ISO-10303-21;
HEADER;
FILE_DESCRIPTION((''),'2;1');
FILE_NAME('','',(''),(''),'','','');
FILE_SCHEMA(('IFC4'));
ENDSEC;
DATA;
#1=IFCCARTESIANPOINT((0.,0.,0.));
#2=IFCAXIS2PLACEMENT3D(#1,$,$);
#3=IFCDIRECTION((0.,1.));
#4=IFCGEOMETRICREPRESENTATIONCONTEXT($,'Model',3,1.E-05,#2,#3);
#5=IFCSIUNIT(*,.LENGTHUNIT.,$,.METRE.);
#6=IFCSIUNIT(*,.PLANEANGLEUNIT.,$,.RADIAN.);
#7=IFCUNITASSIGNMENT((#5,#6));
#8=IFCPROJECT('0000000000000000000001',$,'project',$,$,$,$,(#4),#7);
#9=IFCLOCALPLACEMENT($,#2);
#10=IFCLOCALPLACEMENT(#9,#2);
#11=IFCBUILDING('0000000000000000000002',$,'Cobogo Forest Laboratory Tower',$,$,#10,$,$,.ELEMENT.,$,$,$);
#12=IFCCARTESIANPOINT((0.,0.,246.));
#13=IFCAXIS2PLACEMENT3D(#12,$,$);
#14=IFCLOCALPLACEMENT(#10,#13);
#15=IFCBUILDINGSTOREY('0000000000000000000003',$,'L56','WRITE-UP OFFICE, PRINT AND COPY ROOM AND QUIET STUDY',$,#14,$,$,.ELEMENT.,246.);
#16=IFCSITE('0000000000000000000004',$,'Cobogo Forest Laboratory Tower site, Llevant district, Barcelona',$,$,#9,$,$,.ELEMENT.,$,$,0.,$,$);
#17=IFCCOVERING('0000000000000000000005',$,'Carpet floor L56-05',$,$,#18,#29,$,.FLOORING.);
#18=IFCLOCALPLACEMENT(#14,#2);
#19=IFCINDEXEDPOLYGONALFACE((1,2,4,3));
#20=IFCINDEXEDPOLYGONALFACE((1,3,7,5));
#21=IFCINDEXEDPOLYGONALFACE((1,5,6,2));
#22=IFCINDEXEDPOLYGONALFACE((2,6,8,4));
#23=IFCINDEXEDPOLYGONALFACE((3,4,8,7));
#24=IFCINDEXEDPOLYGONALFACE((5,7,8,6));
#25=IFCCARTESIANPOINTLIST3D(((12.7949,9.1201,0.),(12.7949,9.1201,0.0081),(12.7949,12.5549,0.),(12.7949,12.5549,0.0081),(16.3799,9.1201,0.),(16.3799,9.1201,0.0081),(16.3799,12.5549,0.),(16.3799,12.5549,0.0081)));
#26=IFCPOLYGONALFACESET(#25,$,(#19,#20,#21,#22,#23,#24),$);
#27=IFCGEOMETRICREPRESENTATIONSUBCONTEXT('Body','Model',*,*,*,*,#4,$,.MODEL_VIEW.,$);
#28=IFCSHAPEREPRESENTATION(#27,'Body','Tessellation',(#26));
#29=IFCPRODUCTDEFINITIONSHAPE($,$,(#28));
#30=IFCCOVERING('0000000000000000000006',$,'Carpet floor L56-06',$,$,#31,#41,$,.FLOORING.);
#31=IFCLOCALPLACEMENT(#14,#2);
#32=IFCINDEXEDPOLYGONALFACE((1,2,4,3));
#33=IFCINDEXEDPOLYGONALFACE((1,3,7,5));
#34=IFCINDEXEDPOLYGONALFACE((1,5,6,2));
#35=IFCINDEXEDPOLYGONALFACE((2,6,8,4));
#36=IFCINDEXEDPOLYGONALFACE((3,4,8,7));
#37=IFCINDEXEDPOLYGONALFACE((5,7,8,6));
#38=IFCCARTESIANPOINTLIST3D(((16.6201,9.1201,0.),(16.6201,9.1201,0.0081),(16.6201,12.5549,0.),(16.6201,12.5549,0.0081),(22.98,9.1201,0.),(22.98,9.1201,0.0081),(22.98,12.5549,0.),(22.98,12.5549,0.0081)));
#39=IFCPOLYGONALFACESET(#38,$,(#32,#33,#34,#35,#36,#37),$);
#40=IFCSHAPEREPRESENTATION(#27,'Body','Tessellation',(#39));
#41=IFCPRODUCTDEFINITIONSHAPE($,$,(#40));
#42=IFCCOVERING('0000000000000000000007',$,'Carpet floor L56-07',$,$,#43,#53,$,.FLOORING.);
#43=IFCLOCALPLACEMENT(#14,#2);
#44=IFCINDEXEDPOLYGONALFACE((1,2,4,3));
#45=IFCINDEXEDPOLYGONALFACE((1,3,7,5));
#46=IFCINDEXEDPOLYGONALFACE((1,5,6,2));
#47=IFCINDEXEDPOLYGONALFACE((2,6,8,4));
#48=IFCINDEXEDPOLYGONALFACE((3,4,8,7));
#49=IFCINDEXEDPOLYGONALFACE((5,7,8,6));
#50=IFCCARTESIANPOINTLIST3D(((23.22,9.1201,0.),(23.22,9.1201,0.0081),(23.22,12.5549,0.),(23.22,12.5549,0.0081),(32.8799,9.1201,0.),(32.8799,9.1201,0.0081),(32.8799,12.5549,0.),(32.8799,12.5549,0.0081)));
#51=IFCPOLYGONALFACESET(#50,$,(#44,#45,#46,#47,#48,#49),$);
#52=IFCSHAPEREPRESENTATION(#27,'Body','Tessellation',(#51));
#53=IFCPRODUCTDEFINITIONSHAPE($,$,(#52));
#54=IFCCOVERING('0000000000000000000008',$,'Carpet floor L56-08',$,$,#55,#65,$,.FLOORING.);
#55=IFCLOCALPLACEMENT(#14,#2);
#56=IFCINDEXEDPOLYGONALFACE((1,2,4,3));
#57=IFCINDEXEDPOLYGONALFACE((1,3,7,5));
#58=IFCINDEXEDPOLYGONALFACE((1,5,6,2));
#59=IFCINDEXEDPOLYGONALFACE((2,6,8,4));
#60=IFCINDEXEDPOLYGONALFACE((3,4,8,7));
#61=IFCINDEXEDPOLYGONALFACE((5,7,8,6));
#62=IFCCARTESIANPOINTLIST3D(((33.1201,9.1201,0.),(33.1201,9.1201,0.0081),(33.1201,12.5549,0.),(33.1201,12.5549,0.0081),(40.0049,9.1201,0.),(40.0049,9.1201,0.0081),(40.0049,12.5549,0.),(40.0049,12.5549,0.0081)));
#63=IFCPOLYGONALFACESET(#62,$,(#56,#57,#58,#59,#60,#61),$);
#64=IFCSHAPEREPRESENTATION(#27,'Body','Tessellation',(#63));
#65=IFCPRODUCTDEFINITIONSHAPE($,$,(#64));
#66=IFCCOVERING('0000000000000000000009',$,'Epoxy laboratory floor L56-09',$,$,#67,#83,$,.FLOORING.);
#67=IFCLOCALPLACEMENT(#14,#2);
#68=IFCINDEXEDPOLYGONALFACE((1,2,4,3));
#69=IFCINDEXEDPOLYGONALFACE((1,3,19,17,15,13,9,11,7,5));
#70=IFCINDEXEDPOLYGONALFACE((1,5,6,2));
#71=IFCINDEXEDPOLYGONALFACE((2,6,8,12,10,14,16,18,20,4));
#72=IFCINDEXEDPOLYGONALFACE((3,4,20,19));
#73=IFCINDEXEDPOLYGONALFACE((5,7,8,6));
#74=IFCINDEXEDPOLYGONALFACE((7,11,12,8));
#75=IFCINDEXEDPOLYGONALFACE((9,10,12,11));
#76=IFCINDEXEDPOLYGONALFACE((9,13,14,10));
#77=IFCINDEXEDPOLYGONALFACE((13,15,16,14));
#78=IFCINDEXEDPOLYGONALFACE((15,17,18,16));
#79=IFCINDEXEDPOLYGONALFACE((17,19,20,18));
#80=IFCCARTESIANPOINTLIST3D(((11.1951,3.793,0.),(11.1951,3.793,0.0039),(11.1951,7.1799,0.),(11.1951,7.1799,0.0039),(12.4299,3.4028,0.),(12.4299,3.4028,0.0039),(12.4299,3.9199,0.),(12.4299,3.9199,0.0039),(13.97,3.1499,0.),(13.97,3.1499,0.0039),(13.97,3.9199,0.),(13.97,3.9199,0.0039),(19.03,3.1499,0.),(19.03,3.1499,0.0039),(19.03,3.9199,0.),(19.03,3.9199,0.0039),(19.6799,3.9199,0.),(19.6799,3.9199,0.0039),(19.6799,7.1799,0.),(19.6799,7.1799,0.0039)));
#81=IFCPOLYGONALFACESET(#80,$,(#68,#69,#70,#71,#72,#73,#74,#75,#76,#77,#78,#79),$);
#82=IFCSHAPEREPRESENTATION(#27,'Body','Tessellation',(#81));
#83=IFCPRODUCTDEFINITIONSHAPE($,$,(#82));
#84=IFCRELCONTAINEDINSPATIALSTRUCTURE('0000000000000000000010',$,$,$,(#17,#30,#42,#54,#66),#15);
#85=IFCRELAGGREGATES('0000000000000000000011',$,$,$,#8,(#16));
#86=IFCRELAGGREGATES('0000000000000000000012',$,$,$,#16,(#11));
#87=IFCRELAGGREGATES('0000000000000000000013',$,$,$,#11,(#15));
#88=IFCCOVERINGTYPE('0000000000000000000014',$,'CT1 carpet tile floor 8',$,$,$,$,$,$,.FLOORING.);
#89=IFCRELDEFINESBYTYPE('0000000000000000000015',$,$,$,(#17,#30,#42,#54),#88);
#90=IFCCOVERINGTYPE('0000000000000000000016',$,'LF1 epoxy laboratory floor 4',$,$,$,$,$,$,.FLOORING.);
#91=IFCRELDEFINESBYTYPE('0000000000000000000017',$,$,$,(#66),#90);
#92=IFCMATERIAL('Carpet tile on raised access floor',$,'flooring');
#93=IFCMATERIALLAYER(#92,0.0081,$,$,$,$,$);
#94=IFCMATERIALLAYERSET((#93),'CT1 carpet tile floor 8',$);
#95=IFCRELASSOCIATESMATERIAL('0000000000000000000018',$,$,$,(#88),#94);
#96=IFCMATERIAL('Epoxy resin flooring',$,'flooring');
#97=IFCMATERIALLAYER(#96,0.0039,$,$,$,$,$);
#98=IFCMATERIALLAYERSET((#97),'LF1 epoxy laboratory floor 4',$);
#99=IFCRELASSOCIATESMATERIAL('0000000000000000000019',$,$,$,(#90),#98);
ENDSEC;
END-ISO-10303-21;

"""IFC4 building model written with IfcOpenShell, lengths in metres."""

from ifc_helpers import new_model, si_unit, direction, frame, origin, place, context, subcontext, project, spatial, polyline, outline, extrude, material, layer, layer_set, type_object, element, save


model = new_model("IFC4")

# Units and contexts
model_context = context("Model", 3, precision=1e-05, world=origin(), true_north=direction((0.0, 1.0)))
body_context = subcontext(model_context, "Body", "Model", "MODEL_VIEW")
ifc_project = project(units=[si_unit("LENGTHUNIT", "METRE"), si_unit("PLANEANGLEUNIT", "RADIAN")], contexts=[model_context])

# Site, building, storey
site_placement = place(None, origin())
site = spatial("IfcSite", under=ifc_project, at=site_placement, Name="Cobogo Forest Laboratory Tower site, Llevant district, Barcelona", CompositionType="ELEMENT", RefElevation=0.0)
building_placement = place(site_placement, origin())
building = spatial("IfcBuilding", under=site, at=building_placement, Name="Cobogo Forest Laboratory Tower", CompositionType="ELEMENT")
storey_placement = place(building_placement, frame((0.0, 0.0, 246.0)))
storey = spatial("IfcBuildingStorey", under=building, at=storey_placement, Name="L56", Description="WRITE-UP OFFICE, PRINT AND COPY ROOM AND QUIET STUDY", CompositionType="ELEMENT", Elevation=246.0)

# Coverings
ifc_material_1 = material(Name="Carpet tile on raised access floor", Category="flooring")
ifc_layer_1 = layer(ifc_material_1, 0.0081)
ifc_layer_set_1 = layer_set([ifc_layer_1], Name="CT1 carpet tile floor 8")
covering_type_1 = type_object("IfcCoveringType", Name="CT1 carpet tile floor 8", PredefinedType="FLOORING", material=ifc_layer_set_1)
covering_1_placement = place(storey_placement, origin())
element("IfcCovering", 1, at=covering_1_placement, inside=storey, type_object=covering_type_1, Name="Carpet floor L56-05", PredefinedType="FLOORING", context=body_context, shape_type="SweptSolid", body=[
    extrude(outline(polyline([(16.3799, 9.1201), (12.7949, 9.1201), (12.7949, 12.5549), (16.3799, 12.5549), (16.3799, 9.1201)])), origin(), (0.0, 0.0, 1.0), 0.0081),
])
covering_2_placement = place(storey_placement, origin())
element("IfcCovering", 2, at=covering_2_placement, inside=storey, type_object=covering_type_1, Name="Carpet floor L56-06", PredefinedType="FLOORING", context=body_context, shape_type="SweptSolid", body=[
    extrude(outline(polyline([(22.98, 9.1201), (16.6201, 9.1201), (16.6201, 12.5549), (22.98, 12.5549), (22.98, 9.1201)])), origin(), (0.0, 0.0, 1.0), 0.0081),
])
covering_3_placement = place(storey_placement, origin())
element("IfcCovering", 3, at=covering_3_placement, inside=storey, type_object=covering_type_1, Name="Carpet floor L56-07", PredefinedType="FLOORING", context=body_context, shape_type="SweptSolid", body=[
    extrude(outline(polyline([(32.8799, 9.1201), (23.22, 9.1201), (23.22, 12.5549), (32.8799, 12.5549), (32.8799, 9.1201)])), origin(), (0.0, 0.0, 1.0), 0.0081),
])
covering_4_placement = place(storey_placement, origin())
element("IfcCovering", 4, at=covering_4_placement, inside=storey, type_object=covering_type_1, Name="Carpet floor L56-08", PredefinedType="FLOORING", context=body_context, shape_type="SweptSolid", body=[
    extrude(outline(polyline([(40.0049, 9.1201), (33.1201, 9.1201), (33.1201, 12.5549), (40.0049, 12.5549), (40.0049, 9.1201)])), origin(), (0.0, 0.0, 1.0), 0.0081),
])
ifc_material_2 = material(Name="Epoxy resin flooring", Category="flooring")
ifc_layer_2 = layer(ifc_material_2, 0.0039)
ifc_layer_set_2 = layer_set([ifc_layer_2], Name="LF1 epoxy laboratory floor 4")
covering_type_2 = type_object("IfcCoveringType", Name="LF1 epoxy laboratory floor 4", PredefinedType="FLOORING", material=ifc_layer_set_2)
covering_5_placement = place(storey_placement, origin())
element("IfcCovering", 5, at=covering_5_placement, inside=storey, type_object=covering_type_2, Name="Epoxy laboratory floor L56-09", PredefinedType="FLOORING", context=body_context, shape_type="SweptSolid", body=[
    extrude(outline(polyline([(19.6799, 7.1799), (19.6799, 3.9199), (19.03, 3.9199), (19.03, 3.1499), (13.97, 3.1499), (13.97, 3.9199), (12.4299, 3.9199), (12.4299, 3.4028), (11.1951, 3.793), (11.1951, 7.1799), (19.6799, 7.1799)])), origin(), (0.0, 0.0, 1.0), 0.0039),
])

save(model, "model.ifc")
